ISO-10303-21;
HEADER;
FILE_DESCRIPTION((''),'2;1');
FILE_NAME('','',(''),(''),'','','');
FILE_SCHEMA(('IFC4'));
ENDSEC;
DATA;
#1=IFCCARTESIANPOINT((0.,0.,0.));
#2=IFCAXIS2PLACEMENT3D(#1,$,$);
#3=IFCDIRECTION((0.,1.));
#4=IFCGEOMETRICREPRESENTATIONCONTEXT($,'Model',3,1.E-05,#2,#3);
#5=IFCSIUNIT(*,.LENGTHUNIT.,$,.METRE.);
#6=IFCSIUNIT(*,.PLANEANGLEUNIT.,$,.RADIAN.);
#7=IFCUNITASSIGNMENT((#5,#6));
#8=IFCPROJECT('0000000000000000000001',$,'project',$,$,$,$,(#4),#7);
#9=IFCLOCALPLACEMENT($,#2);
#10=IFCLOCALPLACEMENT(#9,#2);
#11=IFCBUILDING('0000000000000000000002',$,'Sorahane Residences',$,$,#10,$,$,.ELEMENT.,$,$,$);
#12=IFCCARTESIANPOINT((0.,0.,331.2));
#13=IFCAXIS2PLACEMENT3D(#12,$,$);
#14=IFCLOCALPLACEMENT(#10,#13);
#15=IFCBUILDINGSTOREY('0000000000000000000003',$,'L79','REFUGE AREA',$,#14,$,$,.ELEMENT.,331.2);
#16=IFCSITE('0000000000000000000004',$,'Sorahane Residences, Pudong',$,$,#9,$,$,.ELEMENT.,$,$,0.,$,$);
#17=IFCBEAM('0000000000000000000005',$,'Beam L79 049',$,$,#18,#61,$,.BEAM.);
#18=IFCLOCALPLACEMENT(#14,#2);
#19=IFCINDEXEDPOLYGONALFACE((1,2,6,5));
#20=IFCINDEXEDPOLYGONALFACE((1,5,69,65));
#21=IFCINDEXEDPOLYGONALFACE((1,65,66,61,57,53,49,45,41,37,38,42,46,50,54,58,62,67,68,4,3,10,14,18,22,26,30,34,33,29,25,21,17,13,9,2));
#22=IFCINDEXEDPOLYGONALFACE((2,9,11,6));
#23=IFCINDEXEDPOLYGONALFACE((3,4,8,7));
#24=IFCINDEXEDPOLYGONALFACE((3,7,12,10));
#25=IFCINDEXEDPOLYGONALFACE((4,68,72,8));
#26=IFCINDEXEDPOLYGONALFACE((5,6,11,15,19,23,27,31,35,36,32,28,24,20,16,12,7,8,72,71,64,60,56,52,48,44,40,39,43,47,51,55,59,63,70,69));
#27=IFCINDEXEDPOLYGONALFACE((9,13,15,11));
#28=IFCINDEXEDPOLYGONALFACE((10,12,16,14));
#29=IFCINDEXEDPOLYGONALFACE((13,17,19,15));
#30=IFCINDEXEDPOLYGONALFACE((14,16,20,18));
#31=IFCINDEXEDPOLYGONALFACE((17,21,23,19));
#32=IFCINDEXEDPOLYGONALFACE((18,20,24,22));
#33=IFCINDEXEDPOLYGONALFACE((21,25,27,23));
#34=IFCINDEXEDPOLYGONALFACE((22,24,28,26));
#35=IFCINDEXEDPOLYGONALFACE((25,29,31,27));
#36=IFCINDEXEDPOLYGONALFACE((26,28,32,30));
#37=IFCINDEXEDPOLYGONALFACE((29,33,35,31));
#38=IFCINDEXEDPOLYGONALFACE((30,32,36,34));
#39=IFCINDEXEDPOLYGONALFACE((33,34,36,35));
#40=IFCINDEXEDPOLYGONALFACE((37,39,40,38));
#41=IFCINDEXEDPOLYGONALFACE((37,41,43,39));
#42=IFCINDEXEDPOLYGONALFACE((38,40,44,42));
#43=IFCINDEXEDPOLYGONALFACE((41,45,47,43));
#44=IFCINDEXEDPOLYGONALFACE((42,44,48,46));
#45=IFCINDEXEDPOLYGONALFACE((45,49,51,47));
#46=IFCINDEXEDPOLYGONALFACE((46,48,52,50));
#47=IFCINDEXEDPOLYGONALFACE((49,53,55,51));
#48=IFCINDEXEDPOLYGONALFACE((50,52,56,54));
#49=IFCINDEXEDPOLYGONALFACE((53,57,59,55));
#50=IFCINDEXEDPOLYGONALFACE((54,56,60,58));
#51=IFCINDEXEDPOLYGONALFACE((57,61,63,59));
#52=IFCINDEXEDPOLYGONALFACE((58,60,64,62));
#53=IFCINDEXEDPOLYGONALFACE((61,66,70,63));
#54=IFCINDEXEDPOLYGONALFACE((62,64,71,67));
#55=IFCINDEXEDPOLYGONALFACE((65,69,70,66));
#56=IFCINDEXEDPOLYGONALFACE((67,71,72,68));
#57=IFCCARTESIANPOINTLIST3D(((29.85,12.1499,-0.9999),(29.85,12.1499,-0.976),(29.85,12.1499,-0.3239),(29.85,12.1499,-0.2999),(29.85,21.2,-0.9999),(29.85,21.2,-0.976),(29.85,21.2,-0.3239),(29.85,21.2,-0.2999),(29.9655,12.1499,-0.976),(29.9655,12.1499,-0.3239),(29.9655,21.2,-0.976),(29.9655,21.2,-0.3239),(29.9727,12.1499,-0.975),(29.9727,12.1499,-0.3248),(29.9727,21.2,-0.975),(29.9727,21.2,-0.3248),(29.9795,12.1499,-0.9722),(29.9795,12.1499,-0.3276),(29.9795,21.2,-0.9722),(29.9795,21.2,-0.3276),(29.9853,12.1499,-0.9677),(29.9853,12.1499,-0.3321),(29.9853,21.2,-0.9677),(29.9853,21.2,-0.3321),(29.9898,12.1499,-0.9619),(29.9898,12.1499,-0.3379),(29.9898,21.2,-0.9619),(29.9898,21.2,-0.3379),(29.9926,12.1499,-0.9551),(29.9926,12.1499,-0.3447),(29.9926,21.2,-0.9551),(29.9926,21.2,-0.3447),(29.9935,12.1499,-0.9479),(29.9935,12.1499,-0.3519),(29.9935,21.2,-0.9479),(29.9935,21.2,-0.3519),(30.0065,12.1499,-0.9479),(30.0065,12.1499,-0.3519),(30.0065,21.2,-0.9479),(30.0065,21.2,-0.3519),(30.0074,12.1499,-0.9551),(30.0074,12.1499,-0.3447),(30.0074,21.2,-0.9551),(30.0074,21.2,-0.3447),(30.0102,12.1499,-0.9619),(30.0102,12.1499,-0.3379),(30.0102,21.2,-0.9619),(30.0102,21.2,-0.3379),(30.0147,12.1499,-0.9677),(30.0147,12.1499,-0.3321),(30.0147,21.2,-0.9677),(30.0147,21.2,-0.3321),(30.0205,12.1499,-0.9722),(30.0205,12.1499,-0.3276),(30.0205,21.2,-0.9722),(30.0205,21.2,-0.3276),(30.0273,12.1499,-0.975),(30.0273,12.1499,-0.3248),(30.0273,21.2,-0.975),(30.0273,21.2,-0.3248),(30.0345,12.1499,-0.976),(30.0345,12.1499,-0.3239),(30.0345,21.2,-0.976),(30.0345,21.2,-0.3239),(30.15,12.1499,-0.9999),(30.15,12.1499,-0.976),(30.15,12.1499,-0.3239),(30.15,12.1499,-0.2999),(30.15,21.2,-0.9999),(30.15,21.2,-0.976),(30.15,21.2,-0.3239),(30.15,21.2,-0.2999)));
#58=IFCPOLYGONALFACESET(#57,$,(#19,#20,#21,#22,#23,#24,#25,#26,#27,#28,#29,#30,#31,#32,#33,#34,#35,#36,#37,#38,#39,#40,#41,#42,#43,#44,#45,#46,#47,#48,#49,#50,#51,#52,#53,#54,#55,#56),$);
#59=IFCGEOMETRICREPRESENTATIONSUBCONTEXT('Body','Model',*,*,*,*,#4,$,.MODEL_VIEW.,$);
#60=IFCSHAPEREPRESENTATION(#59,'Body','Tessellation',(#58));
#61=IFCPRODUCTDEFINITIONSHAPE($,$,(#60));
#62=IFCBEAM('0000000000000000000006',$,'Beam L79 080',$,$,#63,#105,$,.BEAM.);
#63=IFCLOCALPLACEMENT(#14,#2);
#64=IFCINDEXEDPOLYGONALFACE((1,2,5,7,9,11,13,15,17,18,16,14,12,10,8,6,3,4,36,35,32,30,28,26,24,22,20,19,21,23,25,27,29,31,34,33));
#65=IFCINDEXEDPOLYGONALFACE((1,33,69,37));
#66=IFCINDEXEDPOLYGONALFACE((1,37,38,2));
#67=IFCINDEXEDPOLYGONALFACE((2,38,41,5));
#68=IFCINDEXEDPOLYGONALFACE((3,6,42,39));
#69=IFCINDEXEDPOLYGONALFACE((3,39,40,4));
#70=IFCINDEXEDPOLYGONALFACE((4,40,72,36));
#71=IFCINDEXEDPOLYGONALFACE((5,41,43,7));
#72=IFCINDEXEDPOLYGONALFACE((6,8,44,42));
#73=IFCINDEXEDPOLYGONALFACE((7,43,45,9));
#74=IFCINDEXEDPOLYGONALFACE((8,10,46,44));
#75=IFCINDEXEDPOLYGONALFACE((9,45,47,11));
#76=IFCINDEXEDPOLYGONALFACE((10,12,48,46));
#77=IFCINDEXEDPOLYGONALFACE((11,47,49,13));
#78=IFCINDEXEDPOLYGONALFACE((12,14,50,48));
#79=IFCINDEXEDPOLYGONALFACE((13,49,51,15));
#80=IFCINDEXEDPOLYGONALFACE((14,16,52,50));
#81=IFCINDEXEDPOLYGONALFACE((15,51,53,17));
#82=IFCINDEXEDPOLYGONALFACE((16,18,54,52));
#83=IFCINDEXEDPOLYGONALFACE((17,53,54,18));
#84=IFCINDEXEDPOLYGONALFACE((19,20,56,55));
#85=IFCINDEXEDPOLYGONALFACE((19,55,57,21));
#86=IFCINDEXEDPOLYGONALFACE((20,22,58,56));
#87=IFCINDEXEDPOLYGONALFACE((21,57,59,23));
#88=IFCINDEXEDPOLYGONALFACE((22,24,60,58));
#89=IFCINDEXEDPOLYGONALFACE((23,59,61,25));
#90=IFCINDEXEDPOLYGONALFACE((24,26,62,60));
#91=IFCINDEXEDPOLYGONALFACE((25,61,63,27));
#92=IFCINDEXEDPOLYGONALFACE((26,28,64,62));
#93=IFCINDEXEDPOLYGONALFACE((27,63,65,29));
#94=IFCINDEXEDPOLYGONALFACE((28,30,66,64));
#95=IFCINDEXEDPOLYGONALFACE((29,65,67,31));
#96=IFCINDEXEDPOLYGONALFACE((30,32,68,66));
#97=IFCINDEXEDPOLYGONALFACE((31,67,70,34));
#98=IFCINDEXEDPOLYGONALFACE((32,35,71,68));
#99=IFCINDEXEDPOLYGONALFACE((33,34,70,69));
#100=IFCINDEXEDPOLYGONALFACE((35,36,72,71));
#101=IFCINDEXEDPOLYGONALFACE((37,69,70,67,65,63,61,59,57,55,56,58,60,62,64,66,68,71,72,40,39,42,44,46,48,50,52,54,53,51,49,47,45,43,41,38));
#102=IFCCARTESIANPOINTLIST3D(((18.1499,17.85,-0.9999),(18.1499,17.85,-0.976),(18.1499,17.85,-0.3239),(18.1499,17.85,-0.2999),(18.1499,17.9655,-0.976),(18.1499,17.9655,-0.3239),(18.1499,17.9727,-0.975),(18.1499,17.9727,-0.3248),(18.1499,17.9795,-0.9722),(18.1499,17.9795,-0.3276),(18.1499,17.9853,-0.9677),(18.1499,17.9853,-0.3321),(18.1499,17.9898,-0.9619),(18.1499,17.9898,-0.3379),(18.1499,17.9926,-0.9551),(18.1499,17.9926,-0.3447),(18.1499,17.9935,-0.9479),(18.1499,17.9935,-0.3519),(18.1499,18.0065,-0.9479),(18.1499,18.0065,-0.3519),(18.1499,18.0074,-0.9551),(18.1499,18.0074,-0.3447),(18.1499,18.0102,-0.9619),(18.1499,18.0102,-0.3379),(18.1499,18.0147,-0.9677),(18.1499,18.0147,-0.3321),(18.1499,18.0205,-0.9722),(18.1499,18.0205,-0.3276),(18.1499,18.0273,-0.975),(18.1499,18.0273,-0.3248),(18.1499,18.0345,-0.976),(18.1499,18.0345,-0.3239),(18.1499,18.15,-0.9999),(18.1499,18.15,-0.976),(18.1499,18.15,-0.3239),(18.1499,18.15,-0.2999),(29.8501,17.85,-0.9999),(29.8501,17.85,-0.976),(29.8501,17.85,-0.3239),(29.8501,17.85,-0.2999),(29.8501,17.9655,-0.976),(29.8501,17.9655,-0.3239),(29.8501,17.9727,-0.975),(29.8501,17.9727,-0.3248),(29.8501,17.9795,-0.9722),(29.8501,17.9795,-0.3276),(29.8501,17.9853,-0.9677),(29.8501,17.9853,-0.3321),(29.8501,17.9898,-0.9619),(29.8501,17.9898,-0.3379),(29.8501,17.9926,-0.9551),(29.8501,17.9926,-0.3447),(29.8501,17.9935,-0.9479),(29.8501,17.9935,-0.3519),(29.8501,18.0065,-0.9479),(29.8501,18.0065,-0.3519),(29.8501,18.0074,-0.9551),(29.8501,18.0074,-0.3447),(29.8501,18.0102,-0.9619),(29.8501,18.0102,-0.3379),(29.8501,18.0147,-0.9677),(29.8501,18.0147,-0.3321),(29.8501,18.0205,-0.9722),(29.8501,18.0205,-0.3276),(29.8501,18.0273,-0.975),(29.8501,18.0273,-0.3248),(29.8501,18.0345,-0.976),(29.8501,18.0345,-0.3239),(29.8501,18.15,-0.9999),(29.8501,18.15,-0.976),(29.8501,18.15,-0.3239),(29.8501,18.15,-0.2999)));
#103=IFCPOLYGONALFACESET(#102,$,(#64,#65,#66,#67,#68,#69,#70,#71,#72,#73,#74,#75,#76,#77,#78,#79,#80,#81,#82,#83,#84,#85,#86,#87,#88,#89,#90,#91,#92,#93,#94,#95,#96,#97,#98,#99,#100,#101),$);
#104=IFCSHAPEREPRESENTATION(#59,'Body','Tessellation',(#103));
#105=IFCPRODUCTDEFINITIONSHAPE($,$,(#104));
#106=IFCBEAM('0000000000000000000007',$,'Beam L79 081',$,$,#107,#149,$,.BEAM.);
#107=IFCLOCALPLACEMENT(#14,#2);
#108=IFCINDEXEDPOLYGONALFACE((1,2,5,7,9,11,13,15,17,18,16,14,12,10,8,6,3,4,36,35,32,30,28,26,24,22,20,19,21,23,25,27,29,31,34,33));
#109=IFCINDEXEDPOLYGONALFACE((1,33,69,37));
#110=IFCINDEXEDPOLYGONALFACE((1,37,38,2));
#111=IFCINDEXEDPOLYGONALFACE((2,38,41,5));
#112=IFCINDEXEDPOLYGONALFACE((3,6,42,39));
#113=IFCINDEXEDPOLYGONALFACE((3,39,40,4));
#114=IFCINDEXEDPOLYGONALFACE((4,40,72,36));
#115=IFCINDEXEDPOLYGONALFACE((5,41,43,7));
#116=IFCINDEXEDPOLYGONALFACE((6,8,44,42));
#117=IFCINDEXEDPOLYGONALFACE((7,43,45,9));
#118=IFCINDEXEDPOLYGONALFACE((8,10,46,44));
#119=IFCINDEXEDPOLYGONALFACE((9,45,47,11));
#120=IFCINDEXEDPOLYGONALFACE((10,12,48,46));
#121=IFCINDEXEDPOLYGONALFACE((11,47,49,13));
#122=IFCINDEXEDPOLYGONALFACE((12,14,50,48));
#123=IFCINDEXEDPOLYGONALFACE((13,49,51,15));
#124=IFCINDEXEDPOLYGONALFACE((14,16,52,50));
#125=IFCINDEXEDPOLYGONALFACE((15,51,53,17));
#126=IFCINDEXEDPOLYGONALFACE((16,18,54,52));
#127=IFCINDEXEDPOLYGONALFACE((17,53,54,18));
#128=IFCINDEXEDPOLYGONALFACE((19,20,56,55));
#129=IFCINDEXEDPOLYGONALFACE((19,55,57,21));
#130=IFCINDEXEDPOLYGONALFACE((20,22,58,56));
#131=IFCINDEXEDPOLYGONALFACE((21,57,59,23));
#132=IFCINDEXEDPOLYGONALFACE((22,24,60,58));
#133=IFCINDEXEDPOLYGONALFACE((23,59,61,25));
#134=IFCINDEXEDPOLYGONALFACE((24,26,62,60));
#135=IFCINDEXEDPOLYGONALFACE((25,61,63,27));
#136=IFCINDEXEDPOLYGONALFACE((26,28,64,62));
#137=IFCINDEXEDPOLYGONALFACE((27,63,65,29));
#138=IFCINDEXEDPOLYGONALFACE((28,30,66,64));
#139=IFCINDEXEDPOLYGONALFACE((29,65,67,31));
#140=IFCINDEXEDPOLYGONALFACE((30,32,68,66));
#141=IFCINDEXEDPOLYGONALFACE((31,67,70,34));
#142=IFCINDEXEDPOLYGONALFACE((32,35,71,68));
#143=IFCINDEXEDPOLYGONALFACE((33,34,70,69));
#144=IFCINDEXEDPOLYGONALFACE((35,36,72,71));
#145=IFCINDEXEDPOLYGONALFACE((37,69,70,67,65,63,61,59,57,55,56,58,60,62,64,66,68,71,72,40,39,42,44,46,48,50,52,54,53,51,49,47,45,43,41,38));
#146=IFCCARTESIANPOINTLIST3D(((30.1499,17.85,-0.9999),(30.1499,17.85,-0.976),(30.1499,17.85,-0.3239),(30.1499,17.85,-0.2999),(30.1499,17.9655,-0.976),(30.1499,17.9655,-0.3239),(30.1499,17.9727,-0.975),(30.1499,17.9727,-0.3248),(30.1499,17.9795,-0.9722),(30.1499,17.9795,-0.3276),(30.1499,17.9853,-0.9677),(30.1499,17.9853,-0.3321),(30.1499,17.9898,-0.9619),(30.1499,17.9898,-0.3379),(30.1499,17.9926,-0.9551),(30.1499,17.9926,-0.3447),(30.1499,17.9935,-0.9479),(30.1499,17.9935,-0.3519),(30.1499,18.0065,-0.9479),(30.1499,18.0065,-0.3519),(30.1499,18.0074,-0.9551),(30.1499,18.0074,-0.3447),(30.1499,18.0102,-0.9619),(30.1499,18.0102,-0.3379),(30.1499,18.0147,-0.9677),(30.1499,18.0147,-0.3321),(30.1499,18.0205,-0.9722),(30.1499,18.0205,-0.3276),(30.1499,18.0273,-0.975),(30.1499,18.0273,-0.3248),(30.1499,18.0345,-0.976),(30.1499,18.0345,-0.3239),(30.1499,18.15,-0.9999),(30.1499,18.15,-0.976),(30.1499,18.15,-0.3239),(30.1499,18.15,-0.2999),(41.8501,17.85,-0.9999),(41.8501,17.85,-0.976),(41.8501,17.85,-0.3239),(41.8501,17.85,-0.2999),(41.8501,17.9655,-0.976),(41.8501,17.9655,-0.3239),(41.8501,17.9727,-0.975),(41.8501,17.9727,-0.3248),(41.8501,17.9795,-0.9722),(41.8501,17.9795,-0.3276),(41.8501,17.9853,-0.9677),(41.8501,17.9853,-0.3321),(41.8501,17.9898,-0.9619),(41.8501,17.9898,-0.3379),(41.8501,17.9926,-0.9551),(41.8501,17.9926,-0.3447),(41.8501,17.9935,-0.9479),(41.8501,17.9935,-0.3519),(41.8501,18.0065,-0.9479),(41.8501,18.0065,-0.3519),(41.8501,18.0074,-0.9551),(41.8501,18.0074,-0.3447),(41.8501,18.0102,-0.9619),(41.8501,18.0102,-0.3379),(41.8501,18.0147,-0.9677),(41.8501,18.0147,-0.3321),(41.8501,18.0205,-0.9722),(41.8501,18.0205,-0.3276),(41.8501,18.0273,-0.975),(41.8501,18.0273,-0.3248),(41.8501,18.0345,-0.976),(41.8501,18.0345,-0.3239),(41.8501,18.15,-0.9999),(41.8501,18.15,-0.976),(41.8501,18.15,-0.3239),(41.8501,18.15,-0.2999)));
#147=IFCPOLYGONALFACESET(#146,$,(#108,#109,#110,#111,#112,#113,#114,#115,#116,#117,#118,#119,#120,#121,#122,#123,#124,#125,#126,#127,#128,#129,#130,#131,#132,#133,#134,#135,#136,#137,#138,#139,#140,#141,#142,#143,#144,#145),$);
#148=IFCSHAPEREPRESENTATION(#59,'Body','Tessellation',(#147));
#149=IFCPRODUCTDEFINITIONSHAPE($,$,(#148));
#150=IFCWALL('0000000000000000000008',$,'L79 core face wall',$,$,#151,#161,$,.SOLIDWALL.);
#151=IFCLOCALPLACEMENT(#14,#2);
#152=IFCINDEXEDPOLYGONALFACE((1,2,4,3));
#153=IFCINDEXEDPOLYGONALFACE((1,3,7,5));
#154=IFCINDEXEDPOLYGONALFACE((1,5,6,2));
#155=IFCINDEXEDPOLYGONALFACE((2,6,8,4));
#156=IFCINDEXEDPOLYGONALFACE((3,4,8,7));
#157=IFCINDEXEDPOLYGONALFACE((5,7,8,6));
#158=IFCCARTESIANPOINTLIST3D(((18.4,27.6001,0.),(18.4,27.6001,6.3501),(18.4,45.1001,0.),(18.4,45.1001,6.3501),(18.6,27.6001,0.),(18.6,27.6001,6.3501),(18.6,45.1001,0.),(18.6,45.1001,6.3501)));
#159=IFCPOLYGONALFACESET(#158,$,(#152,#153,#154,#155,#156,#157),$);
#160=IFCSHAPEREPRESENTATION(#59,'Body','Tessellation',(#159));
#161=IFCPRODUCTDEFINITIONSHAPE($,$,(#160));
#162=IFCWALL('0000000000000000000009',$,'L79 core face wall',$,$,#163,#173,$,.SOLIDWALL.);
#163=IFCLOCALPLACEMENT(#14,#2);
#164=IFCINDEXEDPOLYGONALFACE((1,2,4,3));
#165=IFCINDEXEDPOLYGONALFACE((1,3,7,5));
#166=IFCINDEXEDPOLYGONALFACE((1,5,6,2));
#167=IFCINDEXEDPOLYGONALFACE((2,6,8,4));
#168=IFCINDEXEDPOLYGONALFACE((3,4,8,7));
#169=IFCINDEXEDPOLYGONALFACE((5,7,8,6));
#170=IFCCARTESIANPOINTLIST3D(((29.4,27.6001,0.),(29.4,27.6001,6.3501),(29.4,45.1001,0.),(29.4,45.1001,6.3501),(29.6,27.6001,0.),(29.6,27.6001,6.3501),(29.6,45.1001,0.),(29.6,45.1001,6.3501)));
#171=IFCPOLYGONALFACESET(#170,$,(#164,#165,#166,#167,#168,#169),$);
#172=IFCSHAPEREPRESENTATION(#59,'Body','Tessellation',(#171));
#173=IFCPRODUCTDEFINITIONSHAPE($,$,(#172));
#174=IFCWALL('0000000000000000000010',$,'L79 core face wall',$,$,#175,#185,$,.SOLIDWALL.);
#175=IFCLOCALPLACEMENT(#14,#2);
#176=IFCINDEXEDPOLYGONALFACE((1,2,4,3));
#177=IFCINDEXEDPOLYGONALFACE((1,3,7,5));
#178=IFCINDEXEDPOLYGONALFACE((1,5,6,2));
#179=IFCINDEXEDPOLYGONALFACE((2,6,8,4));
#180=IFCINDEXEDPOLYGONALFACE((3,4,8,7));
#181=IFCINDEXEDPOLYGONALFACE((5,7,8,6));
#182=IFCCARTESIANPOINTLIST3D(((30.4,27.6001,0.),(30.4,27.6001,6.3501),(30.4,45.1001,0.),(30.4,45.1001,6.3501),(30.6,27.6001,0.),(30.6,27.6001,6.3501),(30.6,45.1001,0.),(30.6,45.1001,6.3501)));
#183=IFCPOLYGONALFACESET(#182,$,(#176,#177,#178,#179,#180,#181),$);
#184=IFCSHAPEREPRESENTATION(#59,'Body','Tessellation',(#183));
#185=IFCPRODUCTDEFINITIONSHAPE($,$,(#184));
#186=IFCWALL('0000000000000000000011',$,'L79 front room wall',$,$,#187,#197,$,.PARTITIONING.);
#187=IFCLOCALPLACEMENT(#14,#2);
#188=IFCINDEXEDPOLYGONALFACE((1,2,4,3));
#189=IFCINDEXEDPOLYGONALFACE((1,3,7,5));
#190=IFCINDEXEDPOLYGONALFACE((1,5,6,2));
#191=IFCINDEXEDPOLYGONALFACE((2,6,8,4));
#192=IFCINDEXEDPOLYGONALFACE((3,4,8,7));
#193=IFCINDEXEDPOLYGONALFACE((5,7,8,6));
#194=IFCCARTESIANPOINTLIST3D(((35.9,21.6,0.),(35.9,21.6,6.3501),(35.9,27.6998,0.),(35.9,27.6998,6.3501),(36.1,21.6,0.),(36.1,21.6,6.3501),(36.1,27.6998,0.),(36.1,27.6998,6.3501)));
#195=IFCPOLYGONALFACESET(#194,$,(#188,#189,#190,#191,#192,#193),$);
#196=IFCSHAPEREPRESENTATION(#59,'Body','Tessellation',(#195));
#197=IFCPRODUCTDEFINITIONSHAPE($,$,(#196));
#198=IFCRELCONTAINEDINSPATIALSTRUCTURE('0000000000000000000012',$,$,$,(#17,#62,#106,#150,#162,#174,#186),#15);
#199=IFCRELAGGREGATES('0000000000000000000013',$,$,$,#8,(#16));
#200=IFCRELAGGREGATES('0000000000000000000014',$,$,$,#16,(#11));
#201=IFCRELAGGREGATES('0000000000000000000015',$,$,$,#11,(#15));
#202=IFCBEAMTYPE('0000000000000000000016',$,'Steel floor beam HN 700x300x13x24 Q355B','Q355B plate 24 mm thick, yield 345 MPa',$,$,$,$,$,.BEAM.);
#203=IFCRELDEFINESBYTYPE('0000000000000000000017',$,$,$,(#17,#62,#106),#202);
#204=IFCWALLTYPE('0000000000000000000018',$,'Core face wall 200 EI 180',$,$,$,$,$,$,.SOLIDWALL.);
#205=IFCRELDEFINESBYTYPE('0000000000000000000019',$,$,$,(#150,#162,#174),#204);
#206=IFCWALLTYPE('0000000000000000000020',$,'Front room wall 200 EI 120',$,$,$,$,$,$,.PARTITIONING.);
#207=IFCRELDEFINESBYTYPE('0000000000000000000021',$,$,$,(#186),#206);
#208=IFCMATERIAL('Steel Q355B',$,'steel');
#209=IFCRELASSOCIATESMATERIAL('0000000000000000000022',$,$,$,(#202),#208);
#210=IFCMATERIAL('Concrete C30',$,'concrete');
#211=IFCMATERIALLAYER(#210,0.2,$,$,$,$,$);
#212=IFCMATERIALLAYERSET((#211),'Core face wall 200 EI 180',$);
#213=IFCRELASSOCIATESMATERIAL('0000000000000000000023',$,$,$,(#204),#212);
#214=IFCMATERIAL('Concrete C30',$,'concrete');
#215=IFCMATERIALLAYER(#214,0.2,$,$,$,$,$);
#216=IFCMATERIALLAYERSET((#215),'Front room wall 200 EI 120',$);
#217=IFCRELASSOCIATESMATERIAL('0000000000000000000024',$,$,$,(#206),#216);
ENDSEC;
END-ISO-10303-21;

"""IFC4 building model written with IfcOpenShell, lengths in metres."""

from ifc_helpers import new_model, si_unit, direction, frame, frame_2d, origin, origin_2d, place, context, subcontext, project, spatial, rectangle, i_section, extrude, material, layer, layer_set, material_profile, profile_set, type_object, element, save


model = new_model("IFC4")

# Units and contexts
model_context = context("Model", 3, precision=1e-05, world=origin(), true_north=direction((0.0, 1.0)))
body_context = subcontext(model_context, "Body", "Model", "MODEL_VIEW")
ifc_project = project(units=[si_unit("LENGTHUNIT", "METRE"), si_unit("PLANEANGLEUNIT", "RADIAN")], contexts=[model_context])

# Site, building, storey
site_placement = place(None, origin())
site = spatial("IfcSite", under=ifc_project, at=site_placement, Name="Sorahane Residences, Pudong", CompositionType="ELEMENT", RefElevation=0.0)
building_placement = place(site_placement, origin())
building = spatial("IfcBuilding", under=site, at=building_placement, Name="Sorahane Residences", CompositionType="ELEMENT")
storey_placement = place(building_placement, frame((0.0, 0.0, 331.2)))
storey = spatial("IfcBuildingStorey", under=building, at=storey_placement, Name="L79", Description="REFUGE AREA", CompositionType="ELEMENT", Elevation=331.2)

# Beams
ifc_material_1 = material(Name="Steel Q355B", Category="steel")
ifc_material_profile_1 = material_profile(ifc_material_1, i_section(OverallWidth=0.3, OverallDepth=0.7, WebThickness=0.0129, FlangeThickness=0.0239, FilletRadius=0.0281, at=origin_2d()), Name="HN 700x300x13x24")
ifc_profile_set_1 = profile_set([ifc_material_profile_1], Name="Steel Q355B")
beam_type_1 = type_object("IfcBeamType", Name="Steel floor beam HN 700x300x13x24 Q355B", Description="Q355B plate 24 mm thick, yield 345 MPa", PredefinedType="BEAM", material=ifc_profile_set_1)
for number, where, z_axis, x_axis, name in (
    (1, (30.0, 12.1499, -0.6499), (0.0, 1.0, 0.0), (-1.0, 0.0, 0.0), "Beam L79 049"),
):
    element("IfcBeam", number, at=place(storey_placement, frame(where, z_axis=z_axis, x_axis=x_axis)), inside=storey, type_object=beam_type_1, Name=name, PredefinedType="BEAM", context=body_context, shape_type="SweptSolid", body=[
        extrude(i_section(OverallWidth=0.3, OverallDepth=0.7, WebThickness=0.0129, FlangeThickness=0.0239, FilletRadius=0.0281, at=origin_2d()), origin(), (0.0, 0.0, 1.0), 9.05),
    ])
for number, where, z_axis, x_axis, name in (
    (2, (18.1499, 18.0, -0.6499), (1.0, 0.0, 0.0), (0.0, 1.0, 0.0), "Beam L79 080"),
    (3, (30.1499, 18.0, -0.6499), (1.0, 0.0, 0.0), (0.0, 1.0, 0.0), "Beam L79 081"),
):
    element("IfcBeam", number, at=place(storey_placement, frame(where, z_axis=z_axis, x_axis=x_axis)), inside=storey, type_object=beam_type_1, Name=name, PredefinedType="BEAM", context=body_context, shape_type="SweptSolid", body=[
        extrude(i_section(OverallWidth=0.3, OverallDepth=0.7, WebThickness=0.0129, FlangeThickness=0.0239, FilletRadius=0.0281, at=origin_2d()), origin(), (0.0, 0.0, 1.0), 11.7002),
    ])

# Walls
ifc_material_2 = material(Name="Concrete C30", Category="concrete")
ifc_layer_1 = layer(ifc_material_2, 0.2)
ifc_layer_set_1 = layer_set([ifc_layer_1], Name="Core face wall 200 EI 180")
wall_type_1 = type_object("IfcWallType", Name="Core face wall 200 EI 180", PredefinedType="SOLIDWALL", material=ifc_layer_set_1)
for number, where, z_axis, x_axis, name in (
    (4, (18.5, 27.6001, 0.0), (0.0, 0.0, 1.0), (0.0, 1.0, 0.0), "L79 core face wall"),
    (5, (29.5, 27.6001, 0.0), (0.0, 0.0, 1.0), (0.0, 1.0, 0.0), "L79 core face wall"),
    (6, (30.5, 27.6001, 0.0), (0.0, 0.0, 1.0), (0.0, 1.0, 0.0), "L79 core face wall"),
):
    element("IfcWall", number, at=place(storey_placement, frame(where, z_axis=z_axis, x_axis=x_axis)), inside=storey, type_object=wall_type_1, Name=name, PredefinedType="SOLIDWALL", context=body_context, shape_type="SweptSolid", body=[
        extrude(rectangle(XDim=17.5, YDim=0.2, at=frame_2d((8.75, 0.0))), origin(), (0.0, 0.0, 1.0), 6.3501),
    ])
ifc_material_3 = material(Name="Concrete C30", Category="concrete")
ifc_layer_2 = layer(ifc_material_3, 0.2)
ifc_layer_set_2 = layer_set([ifc_layer_2], Name="Front room wall 200 EI 120")
wall_type_2 = type_object("IfcWallType", Name="Front room wall 200 EI 120", PredefinedType="PARTITIONING", material=ifc_layer_set_2)
wall_1_placement = place(storey_placement, frame((36.0, 21.6001, 0.0), z_axis=(0.0, 0.0, 1.0), x_axis=(0.0, 1.0, 0.0)))
element("IfcWall", 7, at=wall_1_placement, inside=storey, type_object=wall_type_2, Name="L79 front room wall", PredefinedType="PARTITIONING", context=body_context, shape_type="SweptSolid", body=[
    extrude(rectangle(XDim=6.0999, YDim=0.2, at=frame_2d((3.0498, 0.0))), origin(), (0.0, 0.0, 1.0), 6.3501),
])

save(model, "model.ifc")
